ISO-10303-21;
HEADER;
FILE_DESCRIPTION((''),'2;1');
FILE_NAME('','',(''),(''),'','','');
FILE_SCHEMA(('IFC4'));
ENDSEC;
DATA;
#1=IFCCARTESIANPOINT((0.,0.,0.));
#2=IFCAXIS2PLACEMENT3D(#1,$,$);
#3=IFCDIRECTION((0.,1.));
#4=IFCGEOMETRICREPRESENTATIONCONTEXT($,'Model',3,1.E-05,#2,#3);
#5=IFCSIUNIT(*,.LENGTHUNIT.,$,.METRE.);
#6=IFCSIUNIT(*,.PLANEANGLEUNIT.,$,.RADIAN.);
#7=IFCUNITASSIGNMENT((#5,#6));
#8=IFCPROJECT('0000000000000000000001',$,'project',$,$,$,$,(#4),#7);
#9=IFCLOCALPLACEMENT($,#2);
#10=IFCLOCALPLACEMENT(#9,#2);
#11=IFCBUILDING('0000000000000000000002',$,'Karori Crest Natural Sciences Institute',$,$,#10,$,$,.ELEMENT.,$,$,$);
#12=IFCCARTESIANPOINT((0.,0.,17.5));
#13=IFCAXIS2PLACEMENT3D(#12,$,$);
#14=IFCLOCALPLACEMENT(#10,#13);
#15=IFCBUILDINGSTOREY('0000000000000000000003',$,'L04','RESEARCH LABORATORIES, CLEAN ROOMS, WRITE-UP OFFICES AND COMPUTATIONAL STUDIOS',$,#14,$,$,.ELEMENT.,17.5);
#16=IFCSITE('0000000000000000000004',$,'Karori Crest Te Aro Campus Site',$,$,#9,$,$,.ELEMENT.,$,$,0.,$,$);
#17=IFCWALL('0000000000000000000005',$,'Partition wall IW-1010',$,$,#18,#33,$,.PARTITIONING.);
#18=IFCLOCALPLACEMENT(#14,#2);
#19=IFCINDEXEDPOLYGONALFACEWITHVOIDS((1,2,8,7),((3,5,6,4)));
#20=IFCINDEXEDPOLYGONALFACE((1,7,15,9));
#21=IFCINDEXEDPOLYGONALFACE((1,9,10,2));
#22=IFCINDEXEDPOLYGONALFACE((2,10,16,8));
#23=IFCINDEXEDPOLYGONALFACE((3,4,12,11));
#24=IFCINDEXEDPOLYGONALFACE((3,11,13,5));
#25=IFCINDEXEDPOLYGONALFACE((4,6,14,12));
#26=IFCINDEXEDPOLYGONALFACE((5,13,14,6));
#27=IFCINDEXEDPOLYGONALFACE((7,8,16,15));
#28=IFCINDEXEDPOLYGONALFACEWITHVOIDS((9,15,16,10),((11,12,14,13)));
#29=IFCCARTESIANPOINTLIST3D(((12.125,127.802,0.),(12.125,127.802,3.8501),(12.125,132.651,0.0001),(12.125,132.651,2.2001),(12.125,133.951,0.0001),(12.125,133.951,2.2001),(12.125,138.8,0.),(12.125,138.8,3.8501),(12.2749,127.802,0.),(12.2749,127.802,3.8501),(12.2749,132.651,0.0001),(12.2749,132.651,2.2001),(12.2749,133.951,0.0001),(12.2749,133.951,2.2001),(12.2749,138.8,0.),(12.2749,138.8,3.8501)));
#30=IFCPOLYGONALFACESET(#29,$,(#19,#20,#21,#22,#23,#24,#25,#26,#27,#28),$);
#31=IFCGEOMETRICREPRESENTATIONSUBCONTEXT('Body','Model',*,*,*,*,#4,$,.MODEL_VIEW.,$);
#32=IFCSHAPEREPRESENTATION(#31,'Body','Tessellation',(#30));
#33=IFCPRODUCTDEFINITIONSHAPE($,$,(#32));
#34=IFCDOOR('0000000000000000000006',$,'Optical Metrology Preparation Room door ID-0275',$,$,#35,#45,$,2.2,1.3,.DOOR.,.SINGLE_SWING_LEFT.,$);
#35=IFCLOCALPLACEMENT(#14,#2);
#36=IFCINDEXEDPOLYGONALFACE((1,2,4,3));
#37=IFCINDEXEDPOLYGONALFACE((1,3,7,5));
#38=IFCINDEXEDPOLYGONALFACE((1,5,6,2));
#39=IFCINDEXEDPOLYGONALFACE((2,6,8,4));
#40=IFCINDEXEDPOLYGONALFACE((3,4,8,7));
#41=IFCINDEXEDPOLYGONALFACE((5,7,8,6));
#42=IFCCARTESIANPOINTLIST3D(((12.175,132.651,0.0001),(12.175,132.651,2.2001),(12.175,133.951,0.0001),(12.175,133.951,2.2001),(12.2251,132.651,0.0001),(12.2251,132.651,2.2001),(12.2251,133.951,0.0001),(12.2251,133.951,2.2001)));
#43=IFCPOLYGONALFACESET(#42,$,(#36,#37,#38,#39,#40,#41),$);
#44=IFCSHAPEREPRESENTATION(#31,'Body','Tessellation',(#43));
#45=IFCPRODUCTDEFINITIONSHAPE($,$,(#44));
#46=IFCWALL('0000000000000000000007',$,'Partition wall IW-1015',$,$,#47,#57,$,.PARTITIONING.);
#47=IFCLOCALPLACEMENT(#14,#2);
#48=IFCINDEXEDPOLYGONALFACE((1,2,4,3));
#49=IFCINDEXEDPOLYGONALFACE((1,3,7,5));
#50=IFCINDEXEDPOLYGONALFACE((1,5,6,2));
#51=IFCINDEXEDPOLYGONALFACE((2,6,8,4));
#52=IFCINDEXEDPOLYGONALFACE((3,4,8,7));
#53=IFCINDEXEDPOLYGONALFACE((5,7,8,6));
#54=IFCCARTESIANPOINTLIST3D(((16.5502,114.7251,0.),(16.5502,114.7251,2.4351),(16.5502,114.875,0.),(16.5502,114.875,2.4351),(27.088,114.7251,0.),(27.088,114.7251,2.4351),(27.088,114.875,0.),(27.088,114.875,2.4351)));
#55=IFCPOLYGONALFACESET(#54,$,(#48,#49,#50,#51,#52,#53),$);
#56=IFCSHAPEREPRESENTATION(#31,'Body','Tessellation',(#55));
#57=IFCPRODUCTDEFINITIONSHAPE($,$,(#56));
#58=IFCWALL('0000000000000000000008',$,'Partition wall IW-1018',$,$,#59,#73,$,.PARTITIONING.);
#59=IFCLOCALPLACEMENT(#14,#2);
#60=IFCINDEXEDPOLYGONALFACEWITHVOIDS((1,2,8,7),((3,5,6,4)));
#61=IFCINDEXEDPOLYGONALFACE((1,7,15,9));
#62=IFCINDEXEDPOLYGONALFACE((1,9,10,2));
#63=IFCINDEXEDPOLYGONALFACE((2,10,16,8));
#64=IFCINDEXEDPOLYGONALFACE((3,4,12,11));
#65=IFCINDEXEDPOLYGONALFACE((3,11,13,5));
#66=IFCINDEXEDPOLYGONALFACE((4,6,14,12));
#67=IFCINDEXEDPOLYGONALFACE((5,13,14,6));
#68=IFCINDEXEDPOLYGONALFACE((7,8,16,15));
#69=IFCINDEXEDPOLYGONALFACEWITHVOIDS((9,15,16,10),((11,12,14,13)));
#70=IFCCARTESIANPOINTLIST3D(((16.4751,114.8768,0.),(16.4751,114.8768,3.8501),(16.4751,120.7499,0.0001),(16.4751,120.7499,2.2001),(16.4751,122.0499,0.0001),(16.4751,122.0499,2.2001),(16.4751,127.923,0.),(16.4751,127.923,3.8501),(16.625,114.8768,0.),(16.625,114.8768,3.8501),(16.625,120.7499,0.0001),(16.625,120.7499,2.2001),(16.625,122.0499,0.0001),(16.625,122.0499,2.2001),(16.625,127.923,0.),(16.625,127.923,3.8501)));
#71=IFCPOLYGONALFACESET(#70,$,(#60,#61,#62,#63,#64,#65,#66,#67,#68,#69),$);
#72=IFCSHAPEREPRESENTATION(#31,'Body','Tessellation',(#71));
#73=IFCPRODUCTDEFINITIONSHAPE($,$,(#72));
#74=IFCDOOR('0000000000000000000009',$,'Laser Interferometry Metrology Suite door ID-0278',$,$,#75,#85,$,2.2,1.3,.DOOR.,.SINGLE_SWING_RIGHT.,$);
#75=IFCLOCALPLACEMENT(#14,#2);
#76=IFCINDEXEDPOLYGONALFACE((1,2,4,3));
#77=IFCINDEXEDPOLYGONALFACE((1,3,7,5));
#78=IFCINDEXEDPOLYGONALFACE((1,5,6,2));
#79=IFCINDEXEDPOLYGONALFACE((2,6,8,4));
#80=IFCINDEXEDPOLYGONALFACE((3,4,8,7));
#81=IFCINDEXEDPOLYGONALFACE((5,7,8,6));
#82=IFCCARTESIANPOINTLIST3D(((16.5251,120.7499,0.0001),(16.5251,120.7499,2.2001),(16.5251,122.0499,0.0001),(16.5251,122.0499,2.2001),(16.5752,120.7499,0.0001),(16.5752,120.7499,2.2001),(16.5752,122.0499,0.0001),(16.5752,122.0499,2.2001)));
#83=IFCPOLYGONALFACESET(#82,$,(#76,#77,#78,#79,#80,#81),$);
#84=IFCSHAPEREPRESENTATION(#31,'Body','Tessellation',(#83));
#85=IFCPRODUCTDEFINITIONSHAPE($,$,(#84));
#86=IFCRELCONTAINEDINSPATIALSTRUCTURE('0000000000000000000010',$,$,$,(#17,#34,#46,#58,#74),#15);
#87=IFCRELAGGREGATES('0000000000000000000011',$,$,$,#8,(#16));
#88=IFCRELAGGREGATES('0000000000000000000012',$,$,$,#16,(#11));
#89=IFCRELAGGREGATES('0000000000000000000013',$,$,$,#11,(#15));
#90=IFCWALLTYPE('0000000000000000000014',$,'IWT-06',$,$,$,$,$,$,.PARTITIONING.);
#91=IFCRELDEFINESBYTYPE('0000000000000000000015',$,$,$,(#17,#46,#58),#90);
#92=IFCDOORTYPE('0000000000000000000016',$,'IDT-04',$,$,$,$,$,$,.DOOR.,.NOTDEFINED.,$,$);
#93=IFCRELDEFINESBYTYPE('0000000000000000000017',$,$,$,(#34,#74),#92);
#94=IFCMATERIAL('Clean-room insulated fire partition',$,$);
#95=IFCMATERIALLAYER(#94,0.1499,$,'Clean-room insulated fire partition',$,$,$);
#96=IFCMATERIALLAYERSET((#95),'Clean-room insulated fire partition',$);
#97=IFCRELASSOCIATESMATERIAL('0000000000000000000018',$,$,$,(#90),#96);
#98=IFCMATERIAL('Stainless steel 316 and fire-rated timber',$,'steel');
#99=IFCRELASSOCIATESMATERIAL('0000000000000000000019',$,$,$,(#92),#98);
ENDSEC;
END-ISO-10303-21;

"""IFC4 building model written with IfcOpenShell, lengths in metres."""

from ifc_helpers import new_model, si_unit, direction, frame, frame_2d, origin, place, context, subcontext, project, spatial, rectangle, extrude, material, layer, layer_set, type_object, element, fill, save


model = new_model("IFC4")

# Units and contexts
model_context = context("Model", 3, precision=1e-05, world=origin(), true_north=direction((0.0, 1.0)))
body_context = subcontext(model_context, "Body", "Model", "MODEL_VIEW")
ifc_project = project(units=[si_unit("LENGTHUNIT", "METRE"), si_unit("PLANEANGLEUNIT", "RADIAN")], contexts=[model_context])

# Site, building, storey
site_placement = place(None, origin())
site = spatial("IfcSite", under=ifc_project, at=site_placement, Name="Karori Crest Te Aro Campus Site", CompositionType="ELEMENT", RefElevation=0.0)
building_placement = place(site_placement, origin())
building = spatial("IfcBuilding", under=site, at=building_placement, Name="Karori Crest Natural Sciences Institute", CompositionType="ELEMENT")
storey_placement = place(building_placement, frame((0.0, 0.0, 17.5)))
storey = spatial("IfcBuildingStorey", under=building, at=storey_placement, Name="L04", Description="RESEARCH LABORATORIES, CLEAN ROOMS, WRITE-UP OFFICES AND COMPUTATIONAL STUDIOS", CompositionType="ELEMENT", Elevation=17.5)

# Shared definitions
ifc_material_1 = material(Name="Clean-room insulated fire partition")
ifc_layer_1 = layer(ifc_material_1, 0.1499, Name="Clean-room insulated fire partition")
ifc_layer_set_1 = layer_set([ifc_layer_1], Name="Clean-room insulated fire partition")
wall_type = type_object("IfcWallType", Name="IWT-06", PredefinedType="PARTITIONING", material=ifc_layer_set_1)

# Wall, opening, door
wall_1_placement = place(storey_placement, frame((12.2, 127.802, 0.0), z_axis=(0.0, 0.0, 1.0), x_axis=(0.0, 1.0, 0.0)))
wall_1 = element("IfcWall", 1, at=wall_1_placement, inside=storey, type_object=wall_type, Name="Partition wall IW-1010", PredefinedType="PARTITIONING", context=body_context, shape_type="SweptSolid", body=[
    extrude(rectangle(XDim=10.998, YDim=0.1499, at=frame_2d((5.499, 0.0))), origin(), (0.0, 0.0, 1.0), 3.8501),
])
opening_1_placement = place(wall_1_placement, frame((4.8491, 0.0, 0.0)))
opening_1 = element("IfcOpeningElement", 2, at=opening_1_placement, cuts=wall_1, PredefinedType="OPENING", context=body_context, shape_type="SweptSolid", body=[
    extrude(rectangle(XDim=1.3, YDim=2.2, at=frame_2d((0.6499, 1.1001))), frame((0.0, 0.085, 0.0), z_axis=(0.0, -1.0, 0.0), x_axis=(1.0, 0.0, 0.0)), (0.0, 0.0, 1.0), 0.1699),
])
ifc_material_2 = material(Name="Stainless steel 316 and fire-rated timber", Category="steel")
door_type = type_object("IfcDoorType", Name="IDT-04", OperationType="NOTDEFINED", PredefinedType="DOOR", material=ifc_material_2)
door_1_placement = place(opening_1_placement, origin())
door_1 = element("IfcDoor", 3, at=door_1_placement, inside=storey, type_object=door_type, Name="Optical Metrology Preparation Room door ID-0275", OperationType="SINGLE_SWING_LEFT", OverallHeight=2.2, OverallWidth=1.3, PredefinedType="DOOR", context=body_context, shape_type="SweptSolid", body=[
    extrude(rectangle(XDim=1.3, YDim=2.2, at=frame_2d((0.6499, 1.1001))), frame((0.0, 0.0249, 0.0), z_axis=(0.0, -1.0, 0.0), x_axis=(1.0, 0.0, 0.0)), (0.0, 0.0, 1.0), 0.05),
])
fill(opening_1, door_1)

# Wall
wall_2_placement = place(storey_placement, frame((16.55, 114.8, 0.0), z_axis=(0.0, 0.0, 1.0), x_axis=(1.0, 0.0, 0.0)))
element("IfcWall", 4, at=wall_2_placement, inside=storey, type_object=wall_type, Name="Partition wall IW-1015", PredefinedType="PARTITIONING", context=body_context, shape_type="SweptSolid", body=[
    extrude(rectangle(XDim=10.5378, YDim=0.1499, at=frame_2d((5.269, 0.0))), origin(), (0.0, 0.0, 1.0), 2.4351),
])

# Wall, opening, door
wall_3_placement = place(storey_placement, frame((16.55, 114.877, 0.0), z_axis=(0.0, 0.0, 1.0), x_axis=(0.0, 1.0, 0.0)))
wall_3 = element("IfcWall", 5, at=wall_3_placement, inside=storey, type_object=wall_type, Name="Partition wall IW-1018", PredefinedType="PARTITIONING", context=body_context, shape_type="SweptSolid", body=[
    extrude(rectangle(XDim=13.0461, YDim=0.1499, at=frame_2d((6.5229, 0.0))), origin(), (0.0, 0.0, 1.0), 3.8501),
])
opening_2_placement = place(wall_3_placement, frame((5.873, 0.0, 0.0)))
opening_2 = element("IfcOpeningElement", 6, at=opening_2_placement, cuts=wall_3, PredefinedType="OPENING", context=body_context, shape_type="SweptSolid", body=[
    extrude(rectangle(XDim=1.3, YDim=2.2, at=frame_2d((0.6499, 1.1001))), frame((0.0, 0.085, 0.0), z_axis=(0.0, -1.0, 0.0), x_axis=(1.0, 0.0, 0.0)), (0.0, 0.0, 1.0), 0.1699),
])
door_2_placement = place(opening_2_placement, origin())
door_2 = element("IfcDoor", 7, at=door_2_placement, inside=storey, type_object=door_type, Name="Laser Interferometry Metrology Suite door ID-0278", OperationType="SINGLE_SWING_RIGHT", OverallHeight=2.2, OverallWidth=1.3, PredefinedType="DOOR", context=body_context, shape_type="SweptSolid", body=[
    extrude(rectangle(XDim=1.3, YDim=2.2, at=frame_2d((0.6499, 1.1001))), frame((0.0, 0.0249, 0.0), z_axis=(0.0, -1.0, 0.0), x_axis=(1.0, 0.0, 0.0)), (0.0, 0.0, 1.0), 0.05),
])
fill(opening_2, door_2)

save(model, "model.ifc")
